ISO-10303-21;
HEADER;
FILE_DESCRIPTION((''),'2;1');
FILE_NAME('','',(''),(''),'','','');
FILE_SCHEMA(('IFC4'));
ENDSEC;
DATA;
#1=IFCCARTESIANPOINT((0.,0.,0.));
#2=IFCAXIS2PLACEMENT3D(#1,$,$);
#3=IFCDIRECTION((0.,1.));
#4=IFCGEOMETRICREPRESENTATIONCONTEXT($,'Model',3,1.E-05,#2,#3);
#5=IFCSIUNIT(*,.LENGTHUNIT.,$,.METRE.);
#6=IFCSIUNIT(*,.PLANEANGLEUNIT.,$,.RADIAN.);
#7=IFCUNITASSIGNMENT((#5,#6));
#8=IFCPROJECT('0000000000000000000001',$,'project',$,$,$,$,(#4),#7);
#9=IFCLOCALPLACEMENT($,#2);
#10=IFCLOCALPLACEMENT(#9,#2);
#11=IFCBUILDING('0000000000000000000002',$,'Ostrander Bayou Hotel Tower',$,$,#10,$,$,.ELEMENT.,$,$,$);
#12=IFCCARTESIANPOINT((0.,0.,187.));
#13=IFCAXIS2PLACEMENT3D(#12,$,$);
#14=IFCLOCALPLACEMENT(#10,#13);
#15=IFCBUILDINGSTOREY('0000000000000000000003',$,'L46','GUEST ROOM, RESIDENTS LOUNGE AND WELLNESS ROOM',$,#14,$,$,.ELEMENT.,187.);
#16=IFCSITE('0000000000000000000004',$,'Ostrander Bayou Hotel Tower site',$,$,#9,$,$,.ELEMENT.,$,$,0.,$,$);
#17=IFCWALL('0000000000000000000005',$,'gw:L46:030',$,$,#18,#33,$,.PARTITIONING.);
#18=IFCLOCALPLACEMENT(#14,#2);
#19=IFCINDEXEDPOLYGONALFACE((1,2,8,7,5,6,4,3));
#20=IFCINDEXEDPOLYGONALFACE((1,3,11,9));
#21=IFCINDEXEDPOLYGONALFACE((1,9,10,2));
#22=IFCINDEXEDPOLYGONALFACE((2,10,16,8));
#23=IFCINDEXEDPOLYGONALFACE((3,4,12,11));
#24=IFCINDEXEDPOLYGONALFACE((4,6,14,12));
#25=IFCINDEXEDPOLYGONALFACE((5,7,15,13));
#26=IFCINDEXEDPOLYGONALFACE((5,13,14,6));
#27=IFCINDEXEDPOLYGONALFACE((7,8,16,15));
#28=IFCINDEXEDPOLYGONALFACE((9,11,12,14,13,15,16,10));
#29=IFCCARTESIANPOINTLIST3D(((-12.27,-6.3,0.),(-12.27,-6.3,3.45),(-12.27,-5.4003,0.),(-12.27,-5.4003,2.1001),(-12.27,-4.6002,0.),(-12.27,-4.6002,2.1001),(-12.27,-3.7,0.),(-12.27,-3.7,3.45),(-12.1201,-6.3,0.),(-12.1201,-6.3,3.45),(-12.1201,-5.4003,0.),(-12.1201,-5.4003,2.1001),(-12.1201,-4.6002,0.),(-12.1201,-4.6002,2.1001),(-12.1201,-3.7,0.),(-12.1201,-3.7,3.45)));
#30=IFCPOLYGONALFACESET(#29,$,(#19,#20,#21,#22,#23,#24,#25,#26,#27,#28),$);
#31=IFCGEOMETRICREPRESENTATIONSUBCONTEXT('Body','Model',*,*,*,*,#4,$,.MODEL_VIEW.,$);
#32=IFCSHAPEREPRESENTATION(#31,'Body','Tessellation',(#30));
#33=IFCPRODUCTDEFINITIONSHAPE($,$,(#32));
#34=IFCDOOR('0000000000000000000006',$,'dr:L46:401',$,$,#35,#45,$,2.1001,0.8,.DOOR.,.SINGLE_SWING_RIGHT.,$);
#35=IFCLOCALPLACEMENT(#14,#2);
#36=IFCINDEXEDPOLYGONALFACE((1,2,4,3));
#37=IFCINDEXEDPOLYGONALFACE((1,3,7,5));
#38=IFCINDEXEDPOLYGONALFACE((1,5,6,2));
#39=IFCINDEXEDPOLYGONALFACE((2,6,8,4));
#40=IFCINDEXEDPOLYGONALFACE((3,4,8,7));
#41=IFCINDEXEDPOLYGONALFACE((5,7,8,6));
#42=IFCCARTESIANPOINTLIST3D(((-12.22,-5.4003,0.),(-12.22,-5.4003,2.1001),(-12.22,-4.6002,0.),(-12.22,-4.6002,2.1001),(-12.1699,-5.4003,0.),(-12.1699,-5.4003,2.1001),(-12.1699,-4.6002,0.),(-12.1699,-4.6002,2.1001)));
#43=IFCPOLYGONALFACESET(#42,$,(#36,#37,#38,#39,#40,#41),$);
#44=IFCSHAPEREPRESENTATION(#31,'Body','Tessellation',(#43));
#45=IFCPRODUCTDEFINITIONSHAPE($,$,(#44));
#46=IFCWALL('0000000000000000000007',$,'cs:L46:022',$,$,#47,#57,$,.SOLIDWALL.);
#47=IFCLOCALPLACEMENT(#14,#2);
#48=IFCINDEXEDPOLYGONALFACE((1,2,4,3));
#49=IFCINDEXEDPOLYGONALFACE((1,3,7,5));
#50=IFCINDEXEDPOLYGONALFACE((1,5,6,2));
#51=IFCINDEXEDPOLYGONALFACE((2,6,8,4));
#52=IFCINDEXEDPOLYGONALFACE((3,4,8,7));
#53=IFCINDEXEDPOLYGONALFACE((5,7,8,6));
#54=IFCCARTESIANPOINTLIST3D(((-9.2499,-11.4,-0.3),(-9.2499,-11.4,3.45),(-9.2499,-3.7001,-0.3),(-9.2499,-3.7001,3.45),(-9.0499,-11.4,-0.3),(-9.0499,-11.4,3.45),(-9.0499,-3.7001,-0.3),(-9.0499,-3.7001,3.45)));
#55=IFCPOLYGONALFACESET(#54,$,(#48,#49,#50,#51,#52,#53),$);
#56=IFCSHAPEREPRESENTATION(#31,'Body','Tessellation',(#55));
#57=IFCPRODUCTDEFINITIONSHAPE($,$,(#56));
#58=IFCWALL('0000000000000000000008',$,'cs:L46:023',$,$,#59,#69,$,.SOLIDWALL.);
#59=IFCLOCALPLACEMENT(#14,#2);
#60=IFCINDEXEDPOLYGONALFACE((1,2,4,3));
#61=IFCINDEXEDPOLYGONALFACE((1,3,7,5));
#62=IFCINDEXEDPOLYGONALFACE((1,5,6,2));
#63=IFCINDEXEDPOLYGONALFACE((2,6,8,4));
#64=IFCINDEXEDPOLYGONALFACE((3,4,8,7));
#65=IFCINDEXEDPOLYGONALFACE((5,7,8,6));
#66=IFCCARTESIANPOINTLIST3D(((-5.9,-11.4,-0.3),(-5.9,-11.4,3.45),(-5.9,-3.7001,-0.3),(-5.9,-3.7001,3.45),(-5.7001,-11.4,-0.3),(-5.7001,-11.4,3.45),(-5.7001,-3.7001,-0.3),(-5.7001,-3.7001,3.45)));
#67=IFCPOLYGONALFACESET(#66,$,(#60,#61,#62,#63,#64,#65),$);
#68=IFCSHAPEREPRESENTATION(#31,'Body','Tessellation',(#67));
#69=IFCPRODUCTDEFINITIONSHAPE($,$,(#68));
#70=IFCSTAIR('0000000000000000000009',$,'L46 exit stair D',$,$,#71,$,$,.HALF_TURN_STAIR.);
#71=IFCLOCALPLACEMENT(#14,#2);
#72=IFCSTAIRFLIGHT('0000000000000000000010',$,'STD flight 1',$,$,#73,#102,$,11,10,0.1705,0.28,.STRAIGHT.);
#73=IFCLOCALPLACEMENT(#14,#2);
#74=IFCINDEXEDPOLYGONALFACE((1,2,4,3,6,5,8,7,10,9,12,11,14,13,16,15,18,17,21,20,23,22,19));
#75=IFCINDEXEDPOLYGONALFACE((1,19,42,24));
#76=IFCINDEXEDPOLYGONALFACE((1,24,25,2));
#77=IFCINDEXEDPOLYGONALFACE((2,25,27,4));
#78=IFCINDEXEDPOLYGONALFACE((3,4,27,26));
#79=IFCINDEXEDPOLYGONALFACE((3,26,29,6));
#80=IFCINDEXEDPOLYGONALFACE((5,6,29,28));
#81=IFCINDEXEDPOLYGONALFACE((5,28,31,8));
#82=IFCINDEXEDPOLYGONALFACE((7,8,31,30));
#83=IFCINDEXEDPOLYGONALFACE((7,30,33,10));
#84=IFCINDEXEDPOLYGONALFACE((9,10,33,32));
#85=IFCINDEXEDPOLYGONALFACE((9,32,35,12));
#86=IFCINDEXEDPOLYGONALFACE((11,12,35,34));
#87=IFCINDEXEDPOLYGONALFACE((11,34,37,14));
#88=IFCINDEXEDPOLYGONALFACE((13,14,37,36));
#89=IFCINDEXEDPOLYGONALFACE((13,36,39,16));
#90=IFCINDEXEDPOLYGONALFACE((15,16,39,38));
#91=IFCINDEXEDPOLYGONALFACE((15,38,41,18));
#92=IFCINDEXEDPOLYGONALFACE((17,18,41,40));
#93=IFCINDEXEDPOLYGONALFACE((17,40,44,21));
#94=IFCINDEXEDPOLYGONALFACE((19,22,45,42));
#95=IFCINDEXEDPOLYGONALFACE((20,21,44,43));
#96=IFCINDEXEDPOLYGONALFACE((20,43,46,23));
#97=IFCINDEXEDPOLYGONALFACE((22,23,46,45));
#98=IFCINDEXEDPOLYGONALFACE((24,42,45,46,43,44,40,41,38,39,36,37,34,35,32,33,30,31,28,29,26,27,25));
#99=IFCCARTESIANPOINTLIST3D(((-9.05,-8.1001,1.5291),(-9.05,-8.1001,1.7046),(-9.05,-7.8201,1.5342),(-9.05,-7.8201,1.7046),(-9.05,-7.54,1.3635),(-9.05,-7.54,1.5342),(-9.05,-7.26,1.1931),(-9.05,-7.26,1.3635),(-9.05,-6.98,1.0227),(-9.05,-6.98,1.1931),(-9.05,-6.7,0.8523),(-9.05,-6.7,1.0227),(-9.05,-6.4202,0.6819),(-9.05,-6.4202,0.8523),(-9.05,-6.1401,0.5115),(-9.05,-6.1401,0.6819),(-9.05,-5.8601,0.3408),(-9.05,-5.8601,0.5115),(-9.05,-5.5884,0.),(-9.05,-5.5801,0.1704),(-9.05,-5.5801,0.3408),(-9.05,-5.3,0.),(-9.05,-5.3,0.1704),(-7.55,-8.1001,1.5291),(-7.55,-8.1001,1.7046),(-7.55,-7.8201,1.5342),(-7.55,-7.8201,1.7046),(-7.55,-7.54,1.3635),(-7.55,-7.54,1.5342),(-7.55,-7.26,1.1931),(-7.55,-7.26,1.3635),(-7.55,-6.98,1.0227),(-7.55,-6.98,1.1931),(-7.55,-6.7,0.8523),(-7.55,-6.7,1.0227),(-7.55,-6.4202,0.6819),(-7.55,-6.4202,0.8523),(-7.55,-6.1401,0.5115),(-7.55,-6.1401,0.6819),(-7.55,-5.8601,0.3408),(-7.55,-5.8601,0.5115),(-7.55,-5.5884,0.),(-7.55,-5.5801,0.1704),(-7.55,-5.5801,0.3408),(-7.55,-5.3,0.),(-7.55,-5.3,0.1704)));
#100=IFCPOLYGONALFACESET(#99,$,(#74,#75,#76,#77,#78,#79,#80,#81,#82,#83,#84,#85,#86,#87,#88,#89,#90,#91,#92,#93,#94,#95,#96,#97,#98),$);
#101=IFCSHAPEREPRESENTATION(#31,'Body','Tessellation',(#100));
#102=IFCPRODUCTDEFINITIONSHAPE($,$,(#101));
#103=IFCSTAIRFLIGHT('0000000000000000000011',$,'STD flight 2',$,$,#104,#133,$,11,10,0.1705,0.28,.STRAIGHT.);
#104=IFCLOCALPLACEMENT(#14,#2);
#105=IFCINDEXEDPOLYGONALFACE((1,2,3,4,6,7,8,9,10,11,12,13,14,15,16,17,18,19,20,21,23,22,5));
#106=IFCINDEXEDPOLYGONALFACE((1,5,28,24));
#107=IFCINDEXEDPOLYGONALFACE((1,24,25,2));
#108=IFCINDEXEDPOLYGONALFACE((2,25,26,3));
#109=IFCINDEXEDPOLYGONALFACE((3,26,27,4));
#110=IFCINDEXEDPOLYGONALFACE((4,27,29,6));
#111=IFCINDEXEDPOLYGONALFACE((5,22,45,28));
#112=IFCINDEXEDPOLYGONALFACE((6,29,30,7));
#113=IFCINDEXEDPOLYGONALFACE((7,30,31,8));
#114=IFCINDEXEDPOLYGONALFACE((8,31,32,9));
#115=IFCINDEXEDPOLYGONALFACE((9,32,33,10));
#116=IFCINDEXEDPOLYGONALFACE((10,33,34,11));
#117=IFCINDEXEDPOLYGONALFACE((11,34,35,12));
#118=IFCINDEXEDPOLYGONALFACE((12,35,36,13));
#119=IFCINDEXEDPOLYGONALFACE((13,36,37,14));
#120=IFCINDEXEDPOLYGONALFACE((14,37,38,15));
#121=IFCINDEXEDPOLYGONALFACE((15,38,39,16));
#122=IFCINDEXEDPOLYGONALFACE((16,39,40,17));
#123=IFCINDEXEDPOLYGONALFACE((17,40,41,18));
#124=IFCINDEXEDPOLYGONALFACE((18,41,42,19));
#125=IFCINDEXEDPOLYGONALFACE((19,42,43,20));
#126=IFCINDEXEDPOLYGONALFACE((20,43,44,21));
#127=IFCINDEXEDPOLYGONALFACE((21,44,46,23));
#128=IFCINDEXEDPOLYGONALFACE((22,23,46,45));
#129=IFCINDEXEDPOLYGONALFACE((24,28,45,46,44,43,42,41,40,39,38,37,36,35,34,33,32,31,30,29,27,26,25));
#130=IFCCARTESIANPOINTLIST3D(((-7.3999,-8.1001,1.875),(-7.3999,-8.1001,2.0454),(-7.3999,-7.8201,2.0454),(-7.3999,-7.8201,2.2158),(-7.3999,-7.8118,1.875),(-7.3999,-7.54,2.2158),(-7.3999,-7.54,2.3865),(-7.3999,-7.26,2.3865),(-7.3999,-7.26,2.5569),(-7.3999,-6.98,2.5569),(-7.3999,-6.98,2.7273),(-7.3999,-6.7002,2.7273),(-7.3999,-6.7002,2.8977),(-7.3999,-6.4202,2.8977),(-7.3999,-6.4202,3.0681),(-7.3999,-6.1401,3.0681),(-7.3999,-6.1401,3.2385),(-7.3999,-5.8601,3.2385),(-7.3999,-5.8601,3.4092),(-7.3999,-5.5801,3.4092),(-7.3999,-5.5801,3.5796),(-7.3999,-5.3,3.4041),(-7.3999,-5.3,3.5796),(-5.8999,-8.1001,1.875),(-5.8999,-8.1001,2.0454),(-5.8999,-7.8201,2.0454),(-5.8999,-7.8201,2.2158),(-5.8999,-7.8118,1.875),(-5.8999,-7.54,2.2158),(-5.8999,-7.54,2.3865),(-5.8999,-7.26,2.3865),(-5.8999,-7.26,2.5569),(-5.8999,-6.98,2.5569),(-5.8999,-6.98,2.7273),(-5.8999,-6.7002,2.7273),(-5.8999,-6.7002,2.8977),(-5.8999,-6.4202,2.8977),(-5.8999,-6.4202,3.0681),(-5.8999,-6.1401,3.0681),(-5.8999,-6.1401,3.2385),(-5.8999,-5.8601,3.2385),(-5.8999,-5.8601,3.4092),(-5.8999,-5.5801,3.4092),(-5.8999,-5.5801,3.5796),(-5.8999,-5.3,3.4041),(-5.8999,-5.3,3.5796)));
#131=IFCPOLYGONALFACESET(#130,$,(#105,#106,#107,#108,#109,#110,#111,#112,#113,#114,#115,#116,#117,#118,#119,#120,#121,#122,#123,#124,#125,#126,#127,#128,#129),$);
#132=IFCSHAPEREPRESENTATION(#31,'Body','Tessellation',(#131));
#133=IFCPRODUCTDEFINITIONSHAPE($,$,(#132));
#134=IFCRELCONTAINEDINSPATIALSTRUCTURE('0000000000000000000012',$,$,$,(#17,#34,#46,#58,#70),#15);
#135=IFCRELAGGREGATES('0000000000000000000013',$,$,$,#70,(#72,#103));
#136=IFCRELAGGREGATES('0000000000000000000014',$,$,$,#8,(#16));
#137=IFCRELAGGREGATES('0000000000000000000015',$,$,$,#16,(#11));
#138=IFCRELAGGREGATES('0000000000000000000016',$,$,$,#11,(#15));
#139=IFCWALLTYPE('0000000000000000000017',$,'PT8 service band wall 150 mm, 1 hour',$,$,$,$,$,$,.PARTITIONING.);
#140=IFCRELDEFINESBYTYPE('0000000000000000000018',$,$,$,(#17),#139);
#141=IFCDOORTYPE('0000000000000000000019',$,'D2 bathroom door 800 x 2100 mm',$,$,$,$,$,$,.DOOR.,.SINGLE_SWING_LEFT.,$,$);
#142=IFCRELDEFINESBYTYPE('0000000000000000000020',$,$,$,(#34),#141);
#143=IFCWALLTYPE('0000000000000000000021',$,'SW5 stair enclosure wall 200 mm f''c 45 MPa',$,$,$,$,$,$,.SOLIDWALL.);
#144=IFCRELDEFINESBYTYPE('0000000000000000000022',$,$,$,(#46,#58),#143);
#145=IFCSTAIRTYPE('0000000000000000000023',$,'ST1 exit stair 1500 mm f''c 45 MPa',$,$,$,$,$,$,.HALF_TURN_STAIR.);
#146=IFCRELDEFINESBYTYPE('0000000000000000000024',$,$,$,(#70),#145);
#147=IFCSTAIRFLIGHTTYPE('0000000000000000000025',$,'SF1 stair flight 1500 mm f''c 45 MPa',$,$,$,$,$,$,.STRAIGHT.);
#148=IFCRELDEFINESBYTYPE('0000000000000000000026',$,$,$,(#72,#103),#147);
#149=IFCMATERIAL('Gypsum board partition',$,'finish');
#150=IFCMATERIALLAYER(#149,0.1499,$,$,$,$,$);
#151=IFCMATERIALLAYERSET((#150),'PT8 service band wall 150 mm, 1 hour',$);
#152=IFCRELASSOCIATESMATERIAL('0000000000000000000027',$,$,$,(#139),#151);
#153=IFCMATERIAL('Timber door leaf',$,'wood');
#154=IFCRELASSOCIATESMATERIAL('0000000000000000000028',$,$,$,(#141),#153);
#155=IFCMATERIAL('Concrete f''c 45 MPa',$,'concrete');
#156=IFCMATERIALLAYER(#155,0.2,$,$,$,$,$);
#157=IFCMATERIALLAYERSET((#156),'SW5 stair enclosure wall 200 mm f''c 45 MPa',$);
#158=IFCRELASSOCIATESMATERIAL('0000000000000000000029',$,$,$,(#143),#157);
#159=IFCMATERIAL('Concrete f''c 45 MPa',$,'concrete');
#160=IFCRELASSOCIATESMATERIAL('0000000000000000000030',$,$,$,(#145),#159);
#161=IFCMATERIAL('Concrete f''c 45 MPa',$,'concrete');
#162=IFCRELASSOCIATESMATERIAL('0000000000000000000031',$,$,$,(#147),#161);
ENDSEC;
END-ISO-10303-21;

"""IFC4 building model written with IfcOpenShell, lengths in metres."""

from ifc_helpers import new_model, si_unit, direction, frame, frame_2d, origin, place, context, subcontext, project, spatial, polyline, rectangle, outline, extrude, material, layer, layer_set, type_object, element, fill, aggregate, save


model = new_model("IFC4")

# Units and contexts
model_context = context("Model", 3, precision=1e-05, world=origin(), true_north=direction((0.0, 1.0)))
body_context = subcontext(model_context, "Body", "Model", "MODEL_VIEW")
ifc_project = project(units=[si_unit("LENGTHUNIT", "METRE"), si_unit("PLANEANGLEUNIT", "RADIAN")], contexts=[model_context])

# Site, building, storey
site_placement = place(None, origin())
site = spatial("IfcSite", under=ifc_project, at=site_placement, Name="Ostrander Bayou Hotel Tower site", CompositionType="ELEMENT", RefElevation=0.0)
building_placement = place(site_placement, origin())
building = spatial("IfcBuilding", under=site, at=building_placement, Name="Ostrander Bayou Hotel Tower", CompositionType="ELEMENT")
storey_placement = place(building_placement, frame((0.0, 0.0, 187.0)))
storey = spatial("IfcBuildingStorey", under=building, at=storey_placement, Name="L46", Description="GUEST ROOM, RESIDENTS LOUNGE AND WELLNESS ROOM", CompositionType="ELEMENT", Elevation=187.0)

# Shared definitions
ifc_material_1 = material(Name="Gypsum board partition", Category="finish")
ifc_layer_1 = layer(ifc_material_1, 0.1499)
ifc_layer_set_1 = layer_set([ifc_layer_1], Name="PT8 service band wall 150 mm, 1 hour")
wall_type_1 = type_object("IfcWallType", Name="PT8 service band wall 150 mm, 1 hour", PredefinedType="PARTITIONING", material=ifc_layer_set_1)

# Wall, opening, door
wall_1_placement = place(storey_placement, frame((-12.1951, -6.3, 0.0), z_axis=(0.0, 0.0, 1.0), x_axis=(0.0, 1.0, 0.0)))
wall_1 = element("IfcWall", 1, at=wall_1_placement, inside=storey, type_object=wall_type_1, Name="gw:L46:030", PredefinedType="PARTITIONING", context=body_context, shape_type="SweptSolid", body=[
    extrude(rectangle(XDim=2.6001, YDim=0.1499, at=frame_2d((1.3, 0.0))), origin(), (0.0, 0.0, 1.0), 3.45),
])
opening_1_placement = place(wall_1_placement, frame((0.8999, 0.0, 0.0)))
opening_1 = element("IfcOpeningElement", 2, at=opening_1_placement, cuts=wall_1, PredefinedType="OPENING", context=body_context, shape_type="SweptSolid", body=[
    extrude(rectangle(XDim=0.8, YDim=2.1001, at=frame_2d((0.3999, 1.05))), frame((0.0, 0.075, 0.0), z_axis=(0.0, -1.0, 0.0), x_axis=(1.0, 0.0, 0.0)), (0.0, 0.0, 1.0), 0.1499),
])
ifc_material_2 = material(Name="Timber door leaf", Category="wood")
door_type_1 = type_object("IfcDoorType", Name="D2 bathroom door 800 x 2100 mm", OperationType="SINGLE_SWING_LEFT", PredefinedType="DOOR", material=ifc_material_2)
door_1_placement = place(opening_1_placement, origin())
door_1 = element("IfcDoor", 3, at=door_1_placement, inside=storey, type_object=door_type_1, Name="dr:L46:401", OperationType="SINGLE_SWING_RIGHT", OverallHeight=2.1001, OverallWidth=0.8, PredefinedType="DOOR", context=body_context, shape_type="SweptSolid", body=[
    extrude(rectangle(XDim=0.8, YDim=2.1001, at=frame_2d((0.3999, 1.05))), frame((0.0, 0.0249, 0.0), z_axis=(0.0, -1.0, 0.0), x_axis=(1.0, 0.0, 0.0)), (0.0, 0.0, 1.0), 0.05),
])
fill(opening_1, door_1)
ifc_material_3 = material(Name="Concrete f'c 45 MPa", Category="concrete")
ifc_layer_2 = layer(ifc_material_3, 0.2)
ifc_layer_set_2 = layer_set([ifc_layer_2], Name="SW5 stair enclosure wall 200 mm f'c 45 MPa")
wall_type_2 = type_object("IfcWallType", Name="SW5 stair enclosure wall 200 mm f'c 45 MPa", PredefinedType="SOLIDWALL", material=ifc_layer_set_2)

# Walls
for number, where, z_axis, x_axis, name in (
    (4, (-9.1499, -3.7, -0.3), (0.0, 0.0, 1.0), (0.0, -1.0, 0.0), "cs:L46:022"),
    (5, (-5.8, -3.7, -0.3), (0.0, 0.0, 1.0), (0.0, -1.0, 0.0), "cs:L46:023"),
):
    element("IfcWall", number, at=place(storey_placement, frame(where, z_axis=z_axis, x_axis=x_axis)), inside=storey, type_object=wall_type_2, Name=name, PredefinedType="SOLIDWALL", context=body_context, shape_type="SweptSolid", body=[
        extrude(rectangle(XDim=7.7, YDim=0.2, at=frame_2d((3.8501, 0.0))), origin(), (0.0, 0.0, 1.0), 3.75),
    ])

# Stair, stair flights
ifc_material_4 = material(Name="Concrete f'c 45 MPa", Category="concrete")
stair_type = type_object("IfcStairType", Name="ST1 exit stair 1500 mm f'c 45 MPa", PredefinedType="HALF_TURN_STAIR", material=ifc_material_4)
stair_placement = place(storey_placement, origin())
stair = element("IfcStair", 6, at=stair_placement, inside=storey, type_object=stair_type, Name="L46 exit stair D", PredefinedType="HALF_TURN_STAIR")
ifc_material_5 = material(Name="Concrete f'c 45 MPa", Category="concrete")
stair_flight_type = type_object("IfcStairFlightType", Name="SF1 stair flight 1500 mm f'c 45 MPa", PredefinedType="STRAIGHT", material=ifc_material_5)
stair_flight_1_placement = place(storey_placement, frame((-8.3, -5.3, 0.0), z_axis=(0.0, 0.0, 1.0), x_axis=(0.0, -1.0, 0.0)))
stair_flight_1 = element("IfcStairFlight", 7, at=stair_flight_1_placement, type_object=stair_flight_type, Name="STD flight 1", NumberOfRisers=11, NumberOfTreads=10, PredefinedType="STRAIGHT", RiserHeight=0.1705, TreadLength=0.28, context=body_context, shape_type="SweptSolid", body=[
    extrude(outline(polyline([(0.0, 0.0), (0.0, 0.1704), (0.28, 0.1704), (0.28, 0.3408), (0.5601, 0.3408), (0.5601, 0.5115), (0.8401, 0.5115), (0.8401, 0.6819), (1.1201, 0.6819), (1.1201, 0.8523), (1.3999, 0.8523), (1.3999, 1.0227), (1.6799, 1.0227), (1.6799, 1.1931), (1.96, 1.1931), (1.96, 1.3635), (2.24, 1.3635), (2.24, 1.5342), (2.52, 1.5342), (2.52, 1.7046), (2.8, 1.7046), (2.8, 1.875), (2.8, 1.5291), (0.2883, 0.0), (0.0, 0.0)])), frame((0.0, 0.75, 0.0), z_axis=(0.0, -1.0, 0.0), x_axis=(1.0, 0.0, 0.0)), (0.0, 0.0, 1.0), 1.5),
])
stair_flight_2_placement = place(storey_placement, frame((-6.6499, -8.1001, 1.875), z_axis=(0.0, 0.0, 1.0), x_axis=(0.0, 1.0, 0.0)))
stair_flight_2 = element("IfcStairFlight", 8, at=stair_flight_2_placement, type_object=stair_flight_type, Name="STD flight 2", NumberOfRisers=11, NumberOfTreads=10, PredefinedType="STRAIGHT", RiserHeight=0.1705, TreadLength=0.28, context=body_context, shape_type="SweptSolid", body=[
    extrude(outline(polyline([(0.0, 0.0), (0.0, 0.1704), (0.28, 0.1704), (0.28, 0.3408), (0.5601, 0.3408), (0.5601, 0.5115), (0.8401, 0.5115), (0.8401, 0.6819), (1.1201, 0.6819), (1.1201, 0.8523), (1.3999, 0.8523), (1.3999, 1.0227), (1.6799, 1.0227), (1.6799, 1.1931), (1.96, 1.1931), (1.96, 1.3635), (2.24, 1.3635), (2.24, 1.5342), (2.52, 1.5342), (2.52, 1.7046), (2.8, 1.7046), (2.8, 1.875), (2.8, 1.5291), (0.2883, 0.0), (0.0, 0.0)])), frame((0.0, 0.75, 0.0), z_axis=(0.0, -1.0, 0.0), x_axis=(1.0, 0.0, 0.0)), (0.0, 0.0, 1.0), 1.5),
])
aggregate(stair, [stair_flight_1, stair_flight_2])

save(model, "model.ifc")
